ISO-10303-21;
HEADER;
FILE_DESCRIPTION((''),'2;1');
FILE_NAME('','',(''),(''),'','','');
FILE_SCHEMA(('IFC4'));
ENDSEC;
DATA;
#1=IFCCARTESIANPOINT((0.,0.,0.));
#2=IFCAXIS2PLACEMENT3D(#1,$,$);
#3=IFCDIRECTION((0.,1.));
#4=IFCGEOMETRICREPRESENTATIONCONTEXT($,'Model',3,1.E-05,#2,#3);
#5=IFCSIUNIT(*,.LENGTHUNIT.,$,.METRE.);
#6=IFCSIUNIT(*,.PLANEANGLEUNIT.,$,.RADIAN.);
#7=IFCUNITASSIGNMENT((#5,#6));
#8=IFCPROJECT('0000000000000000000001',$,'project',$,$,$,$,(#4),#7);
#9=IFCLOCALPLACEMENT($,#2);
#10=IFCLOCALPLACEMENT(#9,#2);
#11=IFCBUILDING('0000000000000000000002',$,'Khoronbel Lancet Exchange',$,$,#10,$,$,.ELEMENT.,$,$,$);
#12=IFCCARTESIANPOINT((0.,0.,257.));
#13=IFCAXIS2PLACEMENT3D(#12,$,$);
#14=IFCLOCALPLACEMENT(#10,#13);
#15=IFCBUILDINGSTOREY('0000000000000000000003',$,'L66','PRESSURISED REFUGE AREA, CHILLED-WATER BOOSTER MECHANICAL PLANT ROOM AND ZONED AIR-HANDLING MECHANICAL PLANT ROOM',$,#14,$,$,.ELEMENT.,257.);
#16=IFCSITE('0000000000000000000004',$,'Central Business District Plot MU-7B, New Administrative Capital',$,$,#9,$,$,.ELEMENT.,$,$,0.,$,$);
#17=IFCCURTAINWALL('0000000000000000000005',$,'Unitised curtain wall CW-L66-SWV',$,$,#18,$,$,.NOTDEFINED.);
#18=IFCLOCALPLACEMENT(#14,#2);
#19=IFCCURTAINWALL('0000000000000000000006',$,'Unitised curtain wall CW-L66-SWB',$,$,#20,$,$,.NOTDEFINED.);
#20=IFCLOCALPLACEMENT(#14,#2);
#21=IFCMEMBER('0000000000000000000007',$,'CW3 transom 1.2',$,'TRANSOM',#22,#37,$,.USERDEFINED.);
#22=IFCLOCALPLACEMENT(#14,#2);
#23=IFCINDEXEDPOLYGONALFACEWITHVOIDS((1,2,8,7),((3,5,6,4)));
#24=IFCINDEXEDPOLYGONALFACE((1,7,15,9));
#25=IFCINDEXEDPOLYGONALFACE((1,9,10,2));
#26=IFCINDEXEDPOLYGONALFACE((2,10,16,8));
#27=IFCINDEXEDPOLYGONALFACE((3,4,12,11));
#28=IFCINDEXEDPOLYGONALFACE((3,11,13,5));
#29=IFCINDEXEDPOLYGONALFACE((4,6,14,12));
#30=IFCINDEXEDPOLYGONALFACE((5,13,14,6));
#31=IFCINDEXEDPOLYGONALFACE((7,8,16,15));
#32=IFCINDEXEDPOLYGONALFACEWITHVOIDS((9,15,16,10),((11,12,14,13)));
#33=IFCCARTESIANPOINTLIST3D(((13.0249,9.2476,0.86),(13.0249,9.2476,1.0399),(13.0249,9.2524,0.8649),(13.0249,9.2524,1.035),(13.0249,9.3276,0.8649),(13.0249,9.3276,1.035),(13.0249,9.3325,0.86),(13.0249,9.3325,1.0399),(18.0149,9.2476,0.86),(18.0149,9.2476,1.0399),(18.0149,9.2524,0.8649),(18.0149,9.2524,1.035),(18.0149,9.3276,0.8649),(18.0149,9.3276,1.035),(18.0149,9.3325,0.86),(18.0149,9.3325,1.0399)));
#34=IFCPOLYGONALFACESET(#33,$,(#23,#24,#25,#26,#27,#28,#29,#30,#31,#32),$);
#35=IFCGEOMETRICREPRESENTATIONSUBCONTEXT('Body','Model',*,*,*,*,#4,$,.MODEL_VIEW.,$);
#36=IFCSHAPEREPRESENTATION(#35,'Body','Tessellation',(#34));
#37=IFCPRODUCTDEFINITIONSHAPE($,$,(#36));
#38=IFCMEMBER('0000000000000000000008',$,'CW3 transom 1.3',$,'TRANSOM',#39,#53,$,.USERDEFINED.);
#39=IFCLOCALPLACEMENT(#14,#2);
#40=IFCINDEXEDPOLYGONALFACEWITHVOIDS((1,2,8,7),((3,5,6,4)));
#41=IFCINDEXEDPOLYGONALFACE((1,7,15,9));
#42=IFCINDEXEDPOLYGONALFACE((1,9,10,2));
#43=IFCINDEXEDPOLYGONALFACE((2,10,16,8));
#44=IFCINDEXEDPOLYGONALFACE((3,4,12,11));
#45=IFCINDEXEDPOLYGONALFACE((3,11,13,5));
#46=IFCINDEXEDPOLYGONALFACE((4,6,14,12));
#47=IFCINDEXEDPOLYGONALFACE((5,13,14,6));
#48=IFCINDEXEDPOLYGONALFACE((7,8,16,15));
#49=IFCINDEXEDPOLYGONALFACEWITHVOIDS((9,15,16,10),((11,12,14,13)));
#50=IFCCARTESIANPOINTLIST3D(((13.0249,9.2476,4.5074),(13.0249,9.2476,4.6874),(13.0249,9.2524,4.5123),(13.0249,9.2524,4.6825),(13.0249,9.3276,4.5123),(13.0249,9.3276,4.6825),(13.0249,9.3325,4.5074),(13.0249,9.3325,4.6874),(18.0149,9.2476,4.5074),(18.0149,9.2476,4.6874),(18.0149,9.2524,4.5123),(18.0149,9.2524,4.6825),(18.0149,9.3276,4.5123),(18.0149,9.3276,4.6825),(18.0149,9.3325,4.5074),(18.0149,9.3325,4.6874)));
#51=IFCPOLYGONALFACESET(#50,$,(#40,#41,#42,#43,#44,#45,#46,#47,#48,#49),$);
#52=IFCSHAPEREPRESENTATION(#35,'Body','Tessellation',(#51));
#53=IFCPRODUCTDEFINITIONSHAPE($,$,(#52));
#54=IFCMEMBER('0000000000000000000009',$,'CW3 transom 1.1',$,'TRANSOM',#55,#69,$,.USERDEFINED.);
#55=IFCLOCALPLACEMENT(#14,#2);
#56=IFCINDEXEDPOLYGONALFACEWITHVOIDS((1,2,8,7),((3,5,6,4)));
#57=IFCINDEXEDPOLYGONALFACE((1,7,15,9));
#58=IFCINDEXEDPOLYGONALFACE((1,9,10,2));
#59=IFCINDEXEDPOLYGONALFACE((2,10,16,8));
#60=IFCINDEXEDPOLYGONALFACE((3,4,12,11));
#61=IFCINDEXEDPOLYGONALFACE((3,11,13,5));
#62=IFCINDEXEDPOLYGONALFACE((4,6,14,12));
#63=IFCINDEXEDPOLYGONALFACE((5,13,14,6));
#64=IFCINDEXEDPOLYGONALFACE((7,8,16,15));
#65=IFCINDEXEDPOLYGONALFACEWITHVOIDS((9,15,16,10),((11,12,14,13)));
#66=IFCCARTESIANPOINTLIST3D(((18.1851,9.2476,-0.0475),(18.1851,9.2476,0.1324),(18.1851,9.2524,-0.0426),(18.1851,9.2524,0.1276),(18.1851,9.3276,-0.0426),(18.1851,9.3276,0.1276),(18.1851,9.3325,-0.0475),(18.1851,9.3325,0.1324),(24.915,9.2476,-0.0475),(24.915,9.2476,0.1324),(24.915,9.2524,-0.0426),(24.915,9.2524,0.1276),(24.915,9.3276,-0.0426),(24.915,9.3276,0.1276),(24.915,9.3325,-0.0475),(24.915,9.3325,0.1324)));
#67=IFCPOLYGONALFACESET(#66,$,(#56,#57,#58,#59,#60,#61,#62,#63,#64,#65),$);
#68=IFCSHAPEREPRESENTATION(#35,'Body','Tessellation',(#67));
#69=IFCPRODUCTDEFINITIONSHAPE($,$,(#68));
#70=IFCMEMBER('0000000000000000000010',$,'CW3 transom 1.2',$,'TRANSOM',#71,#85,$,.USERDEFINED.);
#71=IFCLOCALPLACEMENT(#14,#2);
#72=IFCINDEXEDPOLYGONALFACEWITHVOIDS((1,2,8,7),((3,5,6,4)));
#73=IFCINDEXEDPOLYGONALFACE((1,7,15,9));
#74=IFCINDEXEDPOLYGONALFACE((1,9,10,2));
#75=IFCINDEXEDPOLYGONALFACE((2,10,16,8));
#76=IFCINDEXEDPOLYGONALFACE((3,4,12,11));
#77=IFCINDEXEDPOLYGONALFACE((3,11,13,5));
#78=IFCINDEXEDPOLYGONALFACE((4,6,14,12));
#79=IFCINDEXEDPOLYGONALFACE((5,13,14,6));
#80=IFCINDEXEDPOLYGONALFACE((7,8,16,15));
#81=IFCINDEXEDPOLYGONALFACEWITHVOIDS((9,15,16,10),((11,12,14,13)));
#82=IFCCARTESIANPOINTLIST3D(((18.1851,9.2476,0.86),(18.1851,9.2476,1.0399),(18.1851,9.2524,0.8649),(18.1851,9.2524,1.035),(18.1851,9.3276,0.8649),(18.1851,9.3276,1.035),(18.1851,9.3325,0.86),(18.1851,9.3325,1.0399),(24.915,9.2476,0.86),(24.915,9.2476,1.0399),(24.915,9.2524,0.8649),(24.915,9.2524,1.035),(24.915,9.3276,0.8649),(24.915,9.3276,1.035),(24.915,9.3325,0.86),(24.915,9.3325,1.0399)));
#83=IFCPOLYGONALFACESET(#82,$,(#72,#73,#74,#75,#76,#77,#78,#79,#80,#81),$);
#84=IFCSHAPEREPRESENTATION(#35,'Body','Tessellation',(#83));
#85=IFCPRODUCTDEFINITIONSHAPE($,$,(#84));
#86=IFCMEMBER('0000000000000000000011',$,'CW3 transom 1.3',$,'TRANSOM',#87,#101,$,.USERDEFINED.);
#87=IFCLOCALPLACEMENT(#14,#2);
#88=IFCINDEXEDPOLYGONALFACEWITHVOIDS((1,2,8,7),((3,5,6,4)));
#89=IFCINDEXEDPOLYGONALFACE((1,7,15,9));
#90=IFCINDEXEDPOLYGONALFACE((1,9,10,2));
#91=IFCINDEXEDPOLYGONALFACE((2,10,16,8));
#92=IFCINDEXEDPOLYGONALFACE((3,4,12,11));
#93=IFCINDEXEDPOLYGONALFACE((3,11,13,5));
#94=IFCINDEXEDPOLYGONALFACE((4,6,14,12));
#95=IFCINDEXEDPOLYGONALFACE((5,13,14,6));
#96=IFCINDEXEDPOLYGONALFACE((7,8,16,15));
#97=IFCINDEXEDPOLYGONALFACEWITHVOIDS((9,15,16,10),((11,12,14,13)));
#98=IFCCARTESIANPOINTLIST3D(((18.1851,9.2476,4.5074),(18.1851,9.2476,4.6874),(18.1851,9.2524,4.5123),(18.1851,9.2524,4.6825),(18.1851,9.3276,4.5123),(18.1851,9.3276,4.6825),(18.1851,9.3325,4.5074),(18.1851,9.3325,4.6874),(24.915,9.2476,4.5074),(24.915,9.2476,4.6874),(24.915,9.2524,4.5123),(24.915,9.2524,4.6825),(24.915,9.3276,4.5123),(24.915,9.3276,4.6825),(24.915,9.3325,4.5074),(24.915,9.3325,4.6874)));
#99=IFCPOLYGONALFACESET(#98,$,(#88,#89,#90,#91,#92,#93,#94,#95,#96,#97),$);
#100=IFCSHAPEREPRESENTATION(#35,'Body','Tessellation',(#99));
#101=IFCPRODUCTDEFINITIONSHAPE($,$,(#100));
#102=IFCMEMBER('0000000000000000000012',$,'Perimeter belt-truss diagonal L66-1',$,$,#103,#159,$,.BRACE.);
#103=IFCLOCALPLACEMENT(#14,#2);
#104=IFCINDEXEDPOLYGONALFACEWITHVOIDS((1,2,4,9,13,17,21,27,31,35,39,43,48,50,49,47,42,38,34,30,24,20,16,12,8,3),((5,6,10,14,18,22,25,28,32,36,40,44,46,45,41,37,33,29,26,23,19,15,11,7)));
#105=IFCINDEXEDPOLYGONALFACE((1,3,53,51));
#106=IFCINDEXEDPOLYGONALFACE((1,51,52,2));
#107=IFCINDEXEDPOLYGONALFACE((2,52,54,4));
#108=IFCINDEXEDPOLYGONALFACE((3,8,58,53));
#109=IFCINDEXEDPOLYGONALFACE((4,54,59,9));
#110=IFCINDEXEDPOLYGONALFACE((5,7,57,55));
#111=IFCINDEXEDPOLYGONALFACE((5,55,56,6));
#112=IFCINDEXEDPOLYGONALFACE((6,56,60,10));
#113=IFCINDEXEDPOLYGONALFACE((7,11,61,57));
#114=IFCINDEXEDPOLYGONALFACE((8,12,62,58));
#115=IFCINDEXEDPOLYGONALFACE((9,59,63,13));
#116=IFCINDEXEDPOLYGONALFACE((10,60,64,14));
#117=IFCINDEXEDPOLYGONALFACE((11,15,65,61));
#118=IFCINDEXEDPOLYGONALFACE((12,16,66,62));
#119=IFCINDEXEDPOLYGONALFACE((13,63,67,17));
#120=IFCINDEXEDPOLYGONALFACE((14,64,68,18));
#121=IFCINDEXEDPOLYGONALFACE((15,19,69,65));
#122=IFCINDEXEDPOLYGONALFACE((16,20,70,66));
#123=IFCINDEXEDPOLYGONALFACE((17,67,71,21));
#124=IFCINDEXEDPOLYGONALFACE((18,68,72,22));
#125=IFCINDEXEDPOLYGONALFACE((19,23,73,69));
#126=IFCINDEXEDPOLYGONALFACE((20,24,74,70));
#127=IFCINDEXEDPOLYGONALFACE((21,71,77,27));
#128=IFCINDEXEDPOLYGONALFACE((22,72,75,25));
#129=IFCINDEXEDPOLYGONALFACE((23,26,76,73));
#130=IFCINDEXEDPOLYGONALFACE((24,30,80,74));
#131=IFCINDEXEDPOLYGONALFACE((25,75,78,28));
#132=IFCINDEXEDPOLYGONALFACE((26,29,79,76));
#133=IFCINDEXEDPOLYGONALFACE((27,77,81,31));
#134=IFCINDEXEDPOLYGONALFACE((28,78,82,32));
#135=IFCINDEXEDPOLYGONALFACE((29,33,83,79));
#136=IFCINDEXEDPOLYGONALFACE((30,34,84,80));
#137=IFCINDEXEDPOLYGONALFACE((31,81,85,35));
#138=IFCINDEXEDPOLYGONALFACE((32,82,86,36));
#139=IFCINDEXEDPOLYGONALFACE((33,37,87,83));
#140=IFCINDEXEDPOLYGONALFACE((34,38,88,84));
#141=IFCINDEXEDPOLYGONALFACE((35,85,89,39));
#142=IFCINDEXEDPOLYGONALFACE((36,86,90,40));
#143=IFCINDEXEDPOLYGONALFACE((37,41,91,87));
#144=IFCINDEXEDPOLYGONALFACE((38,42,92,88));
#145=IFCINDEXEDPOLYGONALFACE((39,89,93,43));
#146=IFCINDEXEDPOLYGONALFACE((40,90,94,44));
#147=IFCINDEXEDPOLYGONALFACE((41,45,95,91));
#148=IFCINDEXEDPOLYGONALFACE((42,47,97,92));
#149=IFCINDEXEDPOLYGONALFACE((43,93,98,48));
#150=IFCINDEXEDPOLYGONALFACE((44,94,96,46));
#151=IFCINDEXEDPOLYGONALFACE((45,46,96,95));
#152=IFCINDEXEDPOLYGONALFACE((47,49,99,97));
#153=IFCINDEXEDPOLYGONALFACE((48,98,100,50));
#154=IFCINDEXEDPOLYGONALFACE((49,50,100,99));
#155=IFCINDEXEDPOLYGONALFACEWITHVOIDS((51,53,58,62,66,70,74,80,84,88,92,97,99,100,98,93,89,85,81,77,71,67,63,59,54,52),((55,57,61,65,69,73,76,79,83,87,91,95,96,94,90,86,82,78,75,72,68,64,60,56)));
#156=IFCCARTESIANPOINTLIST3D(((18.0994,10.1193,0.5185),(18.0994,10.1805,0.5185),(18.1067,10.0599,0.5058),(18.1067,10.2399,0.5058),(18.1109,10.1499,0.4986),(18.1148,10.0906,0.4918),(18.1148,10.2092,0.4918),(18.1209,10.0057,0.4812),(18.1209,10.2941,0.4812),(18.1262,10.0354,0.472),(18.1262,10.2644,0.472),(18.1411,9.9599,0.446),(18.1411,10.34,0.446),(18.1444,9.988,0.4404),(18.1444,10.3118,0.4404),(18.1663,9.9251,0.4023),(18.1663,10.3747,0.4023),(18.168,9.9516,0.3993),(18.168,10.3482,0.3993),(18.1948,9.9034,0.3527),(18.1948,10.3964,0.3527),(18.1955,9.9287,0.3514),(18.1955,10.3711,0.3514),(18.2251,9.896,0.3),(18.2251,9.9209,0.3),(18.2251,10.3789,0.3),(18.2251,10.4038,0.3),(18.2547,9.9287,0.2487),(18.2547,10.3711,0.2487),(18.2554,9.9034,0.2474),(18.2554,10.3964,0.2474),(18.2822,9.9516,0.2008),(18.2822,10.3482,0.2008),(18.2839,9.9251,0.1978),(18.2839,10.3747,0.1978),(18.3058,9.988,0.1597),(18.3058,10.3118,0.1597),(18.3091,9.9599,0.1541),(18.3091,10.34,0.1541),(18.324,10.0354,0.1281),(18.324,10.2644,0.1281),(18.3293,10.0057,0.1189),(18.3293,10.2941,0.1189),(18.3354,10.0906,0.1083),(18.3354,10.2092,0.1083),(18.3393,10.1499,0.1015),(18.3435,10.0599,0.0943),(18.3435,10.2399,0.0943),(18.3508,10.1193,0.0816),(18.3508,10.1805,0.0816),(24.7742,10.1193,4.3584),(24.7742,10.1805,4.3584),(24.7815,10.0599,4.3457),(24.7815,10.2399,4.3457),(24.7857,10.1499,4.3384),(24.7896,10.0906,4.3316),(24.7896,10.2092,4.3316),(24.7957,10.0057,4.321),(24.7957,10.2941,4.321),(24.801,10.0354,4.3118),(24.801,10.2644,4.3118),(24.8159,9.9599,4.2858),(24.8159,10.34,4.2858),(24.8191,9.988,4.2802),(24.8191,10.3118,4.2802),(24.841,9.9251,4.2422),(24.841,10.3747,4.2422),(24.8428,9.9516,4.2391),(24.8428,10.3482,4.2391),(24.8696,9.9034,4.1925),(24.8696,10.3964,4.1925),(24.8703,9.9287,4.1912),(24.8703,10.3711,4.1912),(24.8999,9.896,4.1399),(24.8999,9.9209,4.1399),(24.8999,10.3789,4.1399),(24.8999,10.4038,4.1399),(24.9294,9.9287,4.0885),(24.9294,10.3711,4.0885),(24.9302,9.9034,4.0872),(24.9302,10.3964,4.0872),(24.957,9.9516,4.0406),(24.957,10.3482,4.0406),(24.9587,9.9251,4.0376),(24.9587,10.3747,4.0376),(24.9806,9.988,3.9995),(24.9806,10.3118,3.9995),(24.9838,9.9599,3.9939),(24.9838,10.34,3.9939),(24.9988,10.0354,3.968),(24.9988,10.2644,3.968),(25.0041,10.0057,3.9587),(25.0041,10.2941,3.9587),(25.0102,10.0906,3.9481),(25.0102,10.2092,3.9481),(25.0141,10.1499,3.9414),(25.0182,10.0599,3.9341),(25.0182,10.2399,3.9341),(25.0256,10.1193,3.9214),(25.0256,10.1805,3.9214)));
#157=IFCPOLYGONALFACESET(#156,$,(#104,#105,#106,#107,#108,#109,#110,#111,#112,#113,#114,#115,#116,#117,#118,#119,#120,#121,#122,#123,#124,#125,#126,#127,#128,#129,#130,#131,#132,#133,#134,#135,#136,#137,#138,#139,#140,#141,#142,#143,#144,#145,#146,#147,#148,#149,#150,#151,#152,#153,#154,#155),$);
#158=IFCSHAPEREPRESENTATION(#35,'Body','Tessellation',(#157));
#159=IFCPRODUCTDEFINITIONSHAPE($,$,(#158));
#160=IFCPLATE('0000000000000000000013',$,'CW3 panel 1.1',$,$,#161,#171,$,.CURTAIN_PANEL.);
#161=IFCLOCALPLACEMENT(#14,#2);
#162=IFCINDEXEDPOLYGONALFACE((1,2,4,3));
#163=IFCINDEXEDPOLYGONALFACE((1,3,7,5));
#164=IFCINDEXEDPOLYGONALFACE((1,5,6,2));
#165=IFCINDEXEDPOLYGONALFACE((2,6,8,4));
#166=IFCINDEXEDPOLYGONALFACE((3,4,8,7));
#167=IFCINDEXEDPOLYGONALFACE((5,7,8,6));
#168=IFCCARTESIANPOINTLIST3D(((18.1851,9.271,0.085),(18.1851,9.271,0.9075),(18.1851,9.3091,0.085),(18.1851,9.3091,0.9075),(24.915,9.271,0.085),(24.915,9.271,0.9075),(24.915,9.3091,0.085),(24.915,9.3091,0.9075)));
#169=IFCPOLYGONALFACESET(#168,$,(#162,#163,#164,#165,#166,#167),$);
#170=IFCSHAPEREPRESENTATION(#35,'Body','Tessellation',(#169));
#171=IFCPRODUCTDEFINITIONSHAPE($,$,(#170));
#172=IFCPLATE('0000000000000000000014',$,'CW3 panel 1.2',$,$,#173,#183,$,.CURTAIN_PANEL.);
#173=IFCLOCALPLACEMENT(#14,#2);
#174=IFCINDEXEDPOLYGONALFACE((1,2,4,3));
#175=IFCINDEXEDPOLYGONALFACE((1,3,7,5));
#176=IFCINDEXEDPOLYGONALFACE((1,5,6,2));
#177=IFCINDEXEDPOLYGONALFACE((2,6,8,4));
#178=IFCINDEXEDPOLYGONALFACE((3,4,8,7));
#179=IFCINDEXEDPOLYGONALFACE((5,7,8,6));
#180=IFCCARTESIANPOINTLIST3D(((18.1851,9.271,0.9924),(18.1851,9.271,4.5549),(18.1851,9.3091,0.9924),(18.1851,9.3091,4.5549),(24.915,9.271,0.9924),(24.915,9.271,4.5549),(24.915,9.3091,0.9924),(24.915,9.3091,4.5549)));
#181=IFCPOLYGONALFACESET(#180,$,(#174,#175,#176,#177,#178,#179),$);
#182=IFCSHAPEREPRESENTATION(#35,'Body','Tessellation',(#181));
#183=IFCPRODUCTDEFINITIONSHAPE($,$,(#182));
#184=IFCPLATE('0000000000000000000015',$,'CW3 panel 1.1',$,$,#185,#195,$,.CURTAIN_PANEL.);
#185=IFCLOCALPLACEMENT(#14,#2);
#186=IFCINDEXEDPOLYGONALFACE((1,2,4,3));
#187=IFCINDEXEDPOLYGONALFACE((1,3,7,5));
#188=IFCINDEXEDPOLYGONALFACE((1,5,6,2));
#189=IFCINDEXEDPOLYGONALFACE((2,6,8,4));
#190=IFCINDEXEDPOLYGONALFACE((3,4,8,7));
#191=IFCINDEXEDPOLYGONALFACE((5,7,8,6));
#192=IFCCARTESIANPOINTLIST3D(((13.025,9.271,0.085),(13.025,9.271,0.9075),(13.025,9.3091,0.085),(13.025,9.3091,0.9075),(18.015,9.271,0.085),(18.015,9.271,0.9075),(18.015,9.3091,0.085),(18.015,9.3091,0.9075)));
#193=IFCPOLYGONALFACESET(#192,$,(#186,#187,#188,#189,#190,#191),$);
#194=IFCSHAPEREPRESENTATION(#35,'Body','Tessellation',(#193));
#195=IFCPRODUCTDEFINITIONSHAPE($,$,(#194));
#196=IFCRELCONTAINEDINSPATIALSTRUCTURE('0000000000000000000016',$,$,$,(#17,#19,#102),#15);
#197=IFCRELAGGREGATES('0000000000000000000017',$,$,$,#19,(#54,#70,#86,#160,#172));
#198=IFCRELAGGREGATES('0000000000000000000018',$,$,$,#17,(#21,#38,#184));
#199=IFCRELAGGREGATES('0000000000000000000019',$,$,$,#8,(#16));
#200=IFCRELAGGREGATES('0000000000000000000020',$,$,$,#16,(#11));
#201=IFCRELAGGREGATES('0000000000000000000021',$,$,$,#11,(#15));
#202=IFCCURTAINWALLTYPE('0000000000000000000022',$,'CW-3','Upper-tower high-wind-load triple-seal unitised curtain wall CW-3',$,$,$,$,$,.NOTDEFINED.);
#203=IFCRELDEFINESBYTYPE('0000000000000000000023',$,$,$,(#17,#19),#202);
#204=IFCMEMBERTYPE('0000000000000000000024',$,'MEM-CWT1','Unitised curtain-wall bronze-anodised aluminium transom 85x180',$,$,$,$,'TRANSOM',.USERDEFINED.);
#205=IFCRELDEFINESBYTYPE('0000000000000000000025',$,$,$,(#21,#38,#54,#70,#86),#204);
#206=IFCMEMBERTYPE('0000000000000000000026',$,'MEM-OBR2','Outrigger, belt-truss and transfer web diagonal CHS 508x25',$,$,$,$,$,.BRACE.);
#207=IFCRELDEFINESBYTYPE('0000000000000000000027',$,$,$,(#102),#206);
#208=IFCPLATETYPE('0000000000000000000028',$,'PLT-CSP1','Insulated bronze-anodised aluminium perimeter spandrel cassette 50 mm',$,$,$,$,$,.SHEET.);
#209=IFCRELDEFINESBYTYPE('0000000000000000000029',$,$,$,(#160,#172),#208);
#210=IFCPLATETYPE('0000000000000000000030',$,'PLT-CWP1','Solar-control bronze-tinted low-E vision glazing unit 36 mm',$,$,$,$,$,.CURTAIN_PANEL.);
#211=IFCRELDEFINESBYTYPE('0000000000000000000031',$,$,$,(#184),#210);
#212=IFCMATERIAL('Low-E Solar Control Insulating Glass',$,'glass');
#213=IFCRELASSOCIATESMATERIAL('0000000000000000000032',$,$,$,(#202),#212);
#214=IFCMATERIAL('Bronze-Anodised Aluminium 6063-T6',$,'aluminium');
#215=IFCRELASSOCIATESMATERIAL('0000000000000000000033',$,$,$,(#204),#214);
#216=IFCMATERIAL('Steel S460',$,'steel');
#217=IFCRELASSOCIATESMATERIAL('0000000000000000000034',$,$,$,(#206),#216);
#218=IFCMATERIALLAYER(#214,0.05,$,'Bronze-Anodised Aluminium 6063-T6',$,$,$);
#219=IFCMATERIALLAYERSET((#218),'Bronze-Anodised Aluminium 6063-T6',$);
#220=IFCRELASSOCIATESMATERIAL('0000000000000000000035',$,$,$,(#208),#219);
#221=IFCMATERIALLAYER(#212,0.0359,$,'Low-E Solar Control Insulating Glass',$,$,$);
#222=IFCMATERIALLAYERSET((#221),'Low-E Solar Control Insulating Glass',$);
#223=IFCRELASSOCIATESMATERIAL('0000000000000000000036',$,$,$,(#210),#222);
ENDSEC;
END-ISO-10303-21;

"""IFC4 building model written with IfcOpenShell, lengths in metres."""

from ifc_helpers import new_model, si_unit, direction, frame, origin, origin_2d, place, context, subcontext, project, spatial, rectangle, hollow_rectangle, hollow_circle, extrude, material, layer, layer_set, material_profile, profile_set, type_object, element, aggregate, save


model = new_model("IFC4")

# Units and contexts
model_context = context("Model", 3, precision=1e-05, world=origin(), true_north=direction((0.0, 1.0)))
body_context = subcontext(model_context, "Body", "Model", "MODEL_VIEW")
ifc_project = project(units=[si_unit("LENGTHUNIT", "METRE"), si_unit("PLANEANGLEUNIT", "RADIAN")], contexts=[model_context])

# Site, building, storey
site_placement = place(None, origin())
site = spatial("IfcSite", under=ifc_project, at=site_placement, Name="Central Business District Plot MU-7B, New Administrative Capital", CompositionType="ELEMENT", RefElevation=0.0)
building_placement = place(site_placement, origin())
building = spatial("IfcBuilding", under=site, at=building_placement, Name="Khoronbel Lancet Exchange", CompositionType="ELEMENT")
storey_placement = place(building_placement, frame((0.0, 0.0, 257.0)))
storey = spatial("IfcBuildingStorey", under=building, at=storey_placement, Name="L66", Description="PRESSURISED REFUGE AREA, CHILLED-WATER BOOSTER MECHANICAL PLANT ROOM AND ZONED AIR-HANDLING MECHANICAL PLANT ROOM", CompositionType="ELEMENT", Elevation=257.0)

# Shared definitions
ifc_material_1 = material(Name="Steel S460", Category="steel")

# Curtain wall
ifc_material_2 = material(Name="Low-E Solar Control Insulating Glass", Category="glass")
curtain_wall_type = type_object("IfcCurtainWallType", Name="CW-3", Description="Upper-tower high-wind-load triple-seal unitised curtain wall CW-3", PredefinedType="NOTDEFINED", material=ifc_material_2)
curtain_wall_1_placement = place(storey_placement, origin())
curtain_wall_1 = element("IfcCurtainWall", 1, at=curtain_wall_1_placement, inside=storey, type_object=curtain_wall_type, Name="Unitised curtain wall CW-L66-SWV", PredefinedType="NOTDEFINED")
ifc_material_3 = material(Name="Bronze-Anodised Aluminium 6063-T6", Category="aluminium")

# Curtain wall
curtain_wall_2_placement = place(storey_placement, origin())
curtain_wall_2 = element("IfcCurtainWall", 2, at=curtain_wall_2_placement, inside=storey, type_object=curtain_wall_type, Name="Unitised curtain wall CW-L66-SWB", PredefinedType="NOTDEFINED")

# Members
ifc_material_profile_1 = material_profile(ifc_material_3, hollow_rectangle(XDim=0.085, YDim=0.1799, WallThickness=0.0049, at=origin_2d()), Name="ALU TRANSOM 85x180")
ifc_profile_set_1 = profile_set([ifc_material_profile_1], Name="Bronze-Anodised Aluminium 6063-T6")
member_type_1 = type_object("IfcMemberType", Name="MEM-CWT1", Description="Unitised curtain-wall bronze-anodised aluminium transom 85x180", ElementType="TRANSOM", PredefinedType="USERDEFINED", material=ifc_profile_set_1)
member_1_placement = place(storey_placement, frame((13.0249, 9.29, 0.95), z_axis=(1.0, 0.0, 0.0), x_axis=(0.0, 1.0, 0.0)))
member_1 = element("IfcMember", 3, at=member_1_placement, type_object=member_type_1, Name="CW3 transom 1.2", ObjectType="TRANSOM", PredefinedType="USERDEFINED", context=body_context, shape_type="SweptSolid", body=[
    extrude(hollow_rectangle(XDim=0.085, YDim=0.1799, WallThickness=0.0049, at=origin_2d()), origin(), (0.0, 0.0, 1.0), 4.99),
])
member_2_placement = place(storey_placement, frame((13.0249, 9.29, 4.5974), z_axis=(1.0, 0.0, 0.0), x_axis=(0.0, 1.0, 0.0)))
member_2 = element("IfcMember", 4, at=member_2_placement, type_object=member_type_1, Name="CW3 transom 1.3", ObjectType="TRANSOM", PredefinedType="USERDEFINED", context=body_context, shape_type="SweptSolid", body=[
    extrude(hollow_rectangle(XDim=0.085, YDim=0.1799, WallThickness=0.0049, at=origin_2d()), origin(), (0.0, 0.0, 1.0), 4.99),
])
member_3_placement = place(storey_placement, frame((18.1851, 9.29, 0.0425), z_axis=(1.0, 0.0, 0.0), x_axis=(0.0, 1.0, 0.0)))
member_3 = element("IfcMember", 5, at=member_3_placement, type_object=member_type_1, Name="CW3 transom 1.1", ObjectType="TRANSOM", PredefinedType="USERDEFINED", context=body_context, shape_type="SweptSolid", body=[
    extrude(hollow_rectangle(XDim=0.085, YDim=0.1799, WallThickness=0.0049, at=origin_2d()), origin(), (0.0, 0.0, 1.0), 6.73),
])
member_4_placement = place(storey_placement, frame((18.1851, 9.29, 0.95), z_axis=(1.0, 0.0, 0.0), x_axis=(0.0, 1.0, 0.0)))
member_4 = element("IfcMember", 6, at=member_4_placement, type_object=member_type_1, Name="CW3 transom 1.2", ObjectType="TRANSOM", PredefinedType="USERDEFINED", context=body_context, shape_type="SweptSolid", body=[
    extrude(hollow_rectangle(XDim=0.085, YDim=0.1799, WallThickness=0.0049, at=origin_2d()), origin(), (0.0, 0.0, 1.0), 6.73),
])
member_5_placement = place(storey_placement, frame((18.1851, 9.29, 4.5974), z_axis=(1.0, 0.0, 0.0), x_axis=(0.0, 1.0, 0.0)))
member_5 = element("IfcMember", 7, at=member_5_placement, type_object=member_type_1, Name="CW3 transom 1.3", ObjectType="TRANSOM", PredefinedType="USERDEFINED", context=body_context, shape_type="SweptSolid", body=[
    extrude(hollow_rectangle(XDim=0.085, YDim=0.1799, WallThickness=0.0049, at=origin_2d()), origin(), (0.0, 0.0, 1.0), 6.73),
])
ifc_material_profile_2 = material_profile(ifc_material_1, hollow_circle(Radius=0.2539, WallThickness=0.0249, at=origin_2d()), Name="CHS 508x25")
ifc_profile_set_2 = profile_set([ifc_material_profile_2], Name="Steel S460")
member_type_2 = type_object("IfcMemberType", Name="MEM-OBR2", Description="Outrigger, belt-truss and transfer web diagonal CHS 508x25", PredefinedType="BRACE", material=ifc_profile_set_2)
member_6_placement = place(storey_placement, frame((18.2251, 10.1499, 0.3), z_axis=(0.866804, 0.0, 0.49865), x_axis=(0.0, 1.0, 0.0)))
element("IfcMember", 8, at=member_6_placement, inside=storey, type_object=member_type_2, Name="Perimeter belt-truss diagonal L66-1", PredefinedType="BRACE", context=body_context, shape_type="SweptSolid", body=[
    extrude(hollow_circle(Radius=0.2539, WallThickness=0.0249, at=origin_2d()), origin(), (0.0, 0.0, 1.0), 7.7004),
])

# Plates
ifc_layer_1 = layer(ifc_material_3, 0.05, Name="Bronze-Anodised Aluminium 6063-T6")
ifc_layer_set_1 = layer_set([ifc_layer_1], Name="Bronze-Anodised Aluminium 6063-T6")
plate_type_1 = type_object("IfcPlateType", Name="PLT-CSP1", Description="Insulated bronze-anodised aluminium perimeter spandrel cassette 50 mm", PredefinedType="SHEET", material=ifc_layer_set_1)
plate_1_placement = place(storey_placement, frame((21.55, 9.29, 0.085), z_axis=(0.0, 0.0, 1.0), x_axis=(1.0, 0.0, 0.0)))
plate_1 = element("IfcPlate", 9, at=plate_1_placement, type_object=plate_type_1, Name="CW3 panel 1.1", PredefinedType="CURTAIN_PANEL", context=body_context, shape_type="SweptSolid", body=[
    extrude(rectangle(XDim=6.73, YDim=0.0381, at=origin_2d()), origin(), (0.0, 0.0, 1.0), 0.8225),
])
plate_2_placement = place(storey_placement, frame((21.55, 9.29, 0.9924), z_axis=(0.0, 0.0, 1.0), x_axis=(1.0, 0.0, 0.0)))
plate_2 = element("IfcPlate", 10, at=plate_2_placement, type_object=plate_type_1, Name="CW3 panel 1.2", PredefinedType="CURTAIN_PANEL", context=body_context, shape_type="SweptSolid", body=[
    extrude(rectangle(XDim=6.73, YDim=0.0381, at=origin_2d()), origin(), (0.0, 0.0, 1.0), 3.5625),
])
aggregate(curtain_wall_2, [member_3, member_4, member_5, plate_1, plate_2])
ifc_layer_2 = layer(ifc_material_2, 0.0359, Name="Low-E Solar Control Insulating Glass")
ifc_layer_set_2 = layer_set([ifc_layer_2], Name="Low-E Solar Control Insulating Glass")
plate_type_2 = type_object("IfcPlateType", Name="PLT-CWP1", Description="Solar-control bronze-tinted low-E vision glazing unit 36 mm", PredefinedType="CURTAIN_PANEL", material=ifc_layer_set_2)
plate_3_placement = place(storey_placement, frame((15.52, 9.29, 0.085), z_axis=(0.0, 0.0, 1.0), x_axis=(1.0, 0.0, 0.0)))
plate_3 = element("IfcPlate", 11, at=plate_3_placement, type_object=plate_type_2, Name="CW3 panel 1.1", PredefinedType="CURTAIN_PANEL", context=body_context, shape_type="SweptSolid", body=[
    extrude(rectangle(XDim=4.99, YDim=0.0381, at=origin_2d()), origin(), (0.0, 0.0, 1.0), 0.8225),
])
aggregate(curtain_wall_1, [member_1, member_2, plate_3])

save(model, "model.ifc")
